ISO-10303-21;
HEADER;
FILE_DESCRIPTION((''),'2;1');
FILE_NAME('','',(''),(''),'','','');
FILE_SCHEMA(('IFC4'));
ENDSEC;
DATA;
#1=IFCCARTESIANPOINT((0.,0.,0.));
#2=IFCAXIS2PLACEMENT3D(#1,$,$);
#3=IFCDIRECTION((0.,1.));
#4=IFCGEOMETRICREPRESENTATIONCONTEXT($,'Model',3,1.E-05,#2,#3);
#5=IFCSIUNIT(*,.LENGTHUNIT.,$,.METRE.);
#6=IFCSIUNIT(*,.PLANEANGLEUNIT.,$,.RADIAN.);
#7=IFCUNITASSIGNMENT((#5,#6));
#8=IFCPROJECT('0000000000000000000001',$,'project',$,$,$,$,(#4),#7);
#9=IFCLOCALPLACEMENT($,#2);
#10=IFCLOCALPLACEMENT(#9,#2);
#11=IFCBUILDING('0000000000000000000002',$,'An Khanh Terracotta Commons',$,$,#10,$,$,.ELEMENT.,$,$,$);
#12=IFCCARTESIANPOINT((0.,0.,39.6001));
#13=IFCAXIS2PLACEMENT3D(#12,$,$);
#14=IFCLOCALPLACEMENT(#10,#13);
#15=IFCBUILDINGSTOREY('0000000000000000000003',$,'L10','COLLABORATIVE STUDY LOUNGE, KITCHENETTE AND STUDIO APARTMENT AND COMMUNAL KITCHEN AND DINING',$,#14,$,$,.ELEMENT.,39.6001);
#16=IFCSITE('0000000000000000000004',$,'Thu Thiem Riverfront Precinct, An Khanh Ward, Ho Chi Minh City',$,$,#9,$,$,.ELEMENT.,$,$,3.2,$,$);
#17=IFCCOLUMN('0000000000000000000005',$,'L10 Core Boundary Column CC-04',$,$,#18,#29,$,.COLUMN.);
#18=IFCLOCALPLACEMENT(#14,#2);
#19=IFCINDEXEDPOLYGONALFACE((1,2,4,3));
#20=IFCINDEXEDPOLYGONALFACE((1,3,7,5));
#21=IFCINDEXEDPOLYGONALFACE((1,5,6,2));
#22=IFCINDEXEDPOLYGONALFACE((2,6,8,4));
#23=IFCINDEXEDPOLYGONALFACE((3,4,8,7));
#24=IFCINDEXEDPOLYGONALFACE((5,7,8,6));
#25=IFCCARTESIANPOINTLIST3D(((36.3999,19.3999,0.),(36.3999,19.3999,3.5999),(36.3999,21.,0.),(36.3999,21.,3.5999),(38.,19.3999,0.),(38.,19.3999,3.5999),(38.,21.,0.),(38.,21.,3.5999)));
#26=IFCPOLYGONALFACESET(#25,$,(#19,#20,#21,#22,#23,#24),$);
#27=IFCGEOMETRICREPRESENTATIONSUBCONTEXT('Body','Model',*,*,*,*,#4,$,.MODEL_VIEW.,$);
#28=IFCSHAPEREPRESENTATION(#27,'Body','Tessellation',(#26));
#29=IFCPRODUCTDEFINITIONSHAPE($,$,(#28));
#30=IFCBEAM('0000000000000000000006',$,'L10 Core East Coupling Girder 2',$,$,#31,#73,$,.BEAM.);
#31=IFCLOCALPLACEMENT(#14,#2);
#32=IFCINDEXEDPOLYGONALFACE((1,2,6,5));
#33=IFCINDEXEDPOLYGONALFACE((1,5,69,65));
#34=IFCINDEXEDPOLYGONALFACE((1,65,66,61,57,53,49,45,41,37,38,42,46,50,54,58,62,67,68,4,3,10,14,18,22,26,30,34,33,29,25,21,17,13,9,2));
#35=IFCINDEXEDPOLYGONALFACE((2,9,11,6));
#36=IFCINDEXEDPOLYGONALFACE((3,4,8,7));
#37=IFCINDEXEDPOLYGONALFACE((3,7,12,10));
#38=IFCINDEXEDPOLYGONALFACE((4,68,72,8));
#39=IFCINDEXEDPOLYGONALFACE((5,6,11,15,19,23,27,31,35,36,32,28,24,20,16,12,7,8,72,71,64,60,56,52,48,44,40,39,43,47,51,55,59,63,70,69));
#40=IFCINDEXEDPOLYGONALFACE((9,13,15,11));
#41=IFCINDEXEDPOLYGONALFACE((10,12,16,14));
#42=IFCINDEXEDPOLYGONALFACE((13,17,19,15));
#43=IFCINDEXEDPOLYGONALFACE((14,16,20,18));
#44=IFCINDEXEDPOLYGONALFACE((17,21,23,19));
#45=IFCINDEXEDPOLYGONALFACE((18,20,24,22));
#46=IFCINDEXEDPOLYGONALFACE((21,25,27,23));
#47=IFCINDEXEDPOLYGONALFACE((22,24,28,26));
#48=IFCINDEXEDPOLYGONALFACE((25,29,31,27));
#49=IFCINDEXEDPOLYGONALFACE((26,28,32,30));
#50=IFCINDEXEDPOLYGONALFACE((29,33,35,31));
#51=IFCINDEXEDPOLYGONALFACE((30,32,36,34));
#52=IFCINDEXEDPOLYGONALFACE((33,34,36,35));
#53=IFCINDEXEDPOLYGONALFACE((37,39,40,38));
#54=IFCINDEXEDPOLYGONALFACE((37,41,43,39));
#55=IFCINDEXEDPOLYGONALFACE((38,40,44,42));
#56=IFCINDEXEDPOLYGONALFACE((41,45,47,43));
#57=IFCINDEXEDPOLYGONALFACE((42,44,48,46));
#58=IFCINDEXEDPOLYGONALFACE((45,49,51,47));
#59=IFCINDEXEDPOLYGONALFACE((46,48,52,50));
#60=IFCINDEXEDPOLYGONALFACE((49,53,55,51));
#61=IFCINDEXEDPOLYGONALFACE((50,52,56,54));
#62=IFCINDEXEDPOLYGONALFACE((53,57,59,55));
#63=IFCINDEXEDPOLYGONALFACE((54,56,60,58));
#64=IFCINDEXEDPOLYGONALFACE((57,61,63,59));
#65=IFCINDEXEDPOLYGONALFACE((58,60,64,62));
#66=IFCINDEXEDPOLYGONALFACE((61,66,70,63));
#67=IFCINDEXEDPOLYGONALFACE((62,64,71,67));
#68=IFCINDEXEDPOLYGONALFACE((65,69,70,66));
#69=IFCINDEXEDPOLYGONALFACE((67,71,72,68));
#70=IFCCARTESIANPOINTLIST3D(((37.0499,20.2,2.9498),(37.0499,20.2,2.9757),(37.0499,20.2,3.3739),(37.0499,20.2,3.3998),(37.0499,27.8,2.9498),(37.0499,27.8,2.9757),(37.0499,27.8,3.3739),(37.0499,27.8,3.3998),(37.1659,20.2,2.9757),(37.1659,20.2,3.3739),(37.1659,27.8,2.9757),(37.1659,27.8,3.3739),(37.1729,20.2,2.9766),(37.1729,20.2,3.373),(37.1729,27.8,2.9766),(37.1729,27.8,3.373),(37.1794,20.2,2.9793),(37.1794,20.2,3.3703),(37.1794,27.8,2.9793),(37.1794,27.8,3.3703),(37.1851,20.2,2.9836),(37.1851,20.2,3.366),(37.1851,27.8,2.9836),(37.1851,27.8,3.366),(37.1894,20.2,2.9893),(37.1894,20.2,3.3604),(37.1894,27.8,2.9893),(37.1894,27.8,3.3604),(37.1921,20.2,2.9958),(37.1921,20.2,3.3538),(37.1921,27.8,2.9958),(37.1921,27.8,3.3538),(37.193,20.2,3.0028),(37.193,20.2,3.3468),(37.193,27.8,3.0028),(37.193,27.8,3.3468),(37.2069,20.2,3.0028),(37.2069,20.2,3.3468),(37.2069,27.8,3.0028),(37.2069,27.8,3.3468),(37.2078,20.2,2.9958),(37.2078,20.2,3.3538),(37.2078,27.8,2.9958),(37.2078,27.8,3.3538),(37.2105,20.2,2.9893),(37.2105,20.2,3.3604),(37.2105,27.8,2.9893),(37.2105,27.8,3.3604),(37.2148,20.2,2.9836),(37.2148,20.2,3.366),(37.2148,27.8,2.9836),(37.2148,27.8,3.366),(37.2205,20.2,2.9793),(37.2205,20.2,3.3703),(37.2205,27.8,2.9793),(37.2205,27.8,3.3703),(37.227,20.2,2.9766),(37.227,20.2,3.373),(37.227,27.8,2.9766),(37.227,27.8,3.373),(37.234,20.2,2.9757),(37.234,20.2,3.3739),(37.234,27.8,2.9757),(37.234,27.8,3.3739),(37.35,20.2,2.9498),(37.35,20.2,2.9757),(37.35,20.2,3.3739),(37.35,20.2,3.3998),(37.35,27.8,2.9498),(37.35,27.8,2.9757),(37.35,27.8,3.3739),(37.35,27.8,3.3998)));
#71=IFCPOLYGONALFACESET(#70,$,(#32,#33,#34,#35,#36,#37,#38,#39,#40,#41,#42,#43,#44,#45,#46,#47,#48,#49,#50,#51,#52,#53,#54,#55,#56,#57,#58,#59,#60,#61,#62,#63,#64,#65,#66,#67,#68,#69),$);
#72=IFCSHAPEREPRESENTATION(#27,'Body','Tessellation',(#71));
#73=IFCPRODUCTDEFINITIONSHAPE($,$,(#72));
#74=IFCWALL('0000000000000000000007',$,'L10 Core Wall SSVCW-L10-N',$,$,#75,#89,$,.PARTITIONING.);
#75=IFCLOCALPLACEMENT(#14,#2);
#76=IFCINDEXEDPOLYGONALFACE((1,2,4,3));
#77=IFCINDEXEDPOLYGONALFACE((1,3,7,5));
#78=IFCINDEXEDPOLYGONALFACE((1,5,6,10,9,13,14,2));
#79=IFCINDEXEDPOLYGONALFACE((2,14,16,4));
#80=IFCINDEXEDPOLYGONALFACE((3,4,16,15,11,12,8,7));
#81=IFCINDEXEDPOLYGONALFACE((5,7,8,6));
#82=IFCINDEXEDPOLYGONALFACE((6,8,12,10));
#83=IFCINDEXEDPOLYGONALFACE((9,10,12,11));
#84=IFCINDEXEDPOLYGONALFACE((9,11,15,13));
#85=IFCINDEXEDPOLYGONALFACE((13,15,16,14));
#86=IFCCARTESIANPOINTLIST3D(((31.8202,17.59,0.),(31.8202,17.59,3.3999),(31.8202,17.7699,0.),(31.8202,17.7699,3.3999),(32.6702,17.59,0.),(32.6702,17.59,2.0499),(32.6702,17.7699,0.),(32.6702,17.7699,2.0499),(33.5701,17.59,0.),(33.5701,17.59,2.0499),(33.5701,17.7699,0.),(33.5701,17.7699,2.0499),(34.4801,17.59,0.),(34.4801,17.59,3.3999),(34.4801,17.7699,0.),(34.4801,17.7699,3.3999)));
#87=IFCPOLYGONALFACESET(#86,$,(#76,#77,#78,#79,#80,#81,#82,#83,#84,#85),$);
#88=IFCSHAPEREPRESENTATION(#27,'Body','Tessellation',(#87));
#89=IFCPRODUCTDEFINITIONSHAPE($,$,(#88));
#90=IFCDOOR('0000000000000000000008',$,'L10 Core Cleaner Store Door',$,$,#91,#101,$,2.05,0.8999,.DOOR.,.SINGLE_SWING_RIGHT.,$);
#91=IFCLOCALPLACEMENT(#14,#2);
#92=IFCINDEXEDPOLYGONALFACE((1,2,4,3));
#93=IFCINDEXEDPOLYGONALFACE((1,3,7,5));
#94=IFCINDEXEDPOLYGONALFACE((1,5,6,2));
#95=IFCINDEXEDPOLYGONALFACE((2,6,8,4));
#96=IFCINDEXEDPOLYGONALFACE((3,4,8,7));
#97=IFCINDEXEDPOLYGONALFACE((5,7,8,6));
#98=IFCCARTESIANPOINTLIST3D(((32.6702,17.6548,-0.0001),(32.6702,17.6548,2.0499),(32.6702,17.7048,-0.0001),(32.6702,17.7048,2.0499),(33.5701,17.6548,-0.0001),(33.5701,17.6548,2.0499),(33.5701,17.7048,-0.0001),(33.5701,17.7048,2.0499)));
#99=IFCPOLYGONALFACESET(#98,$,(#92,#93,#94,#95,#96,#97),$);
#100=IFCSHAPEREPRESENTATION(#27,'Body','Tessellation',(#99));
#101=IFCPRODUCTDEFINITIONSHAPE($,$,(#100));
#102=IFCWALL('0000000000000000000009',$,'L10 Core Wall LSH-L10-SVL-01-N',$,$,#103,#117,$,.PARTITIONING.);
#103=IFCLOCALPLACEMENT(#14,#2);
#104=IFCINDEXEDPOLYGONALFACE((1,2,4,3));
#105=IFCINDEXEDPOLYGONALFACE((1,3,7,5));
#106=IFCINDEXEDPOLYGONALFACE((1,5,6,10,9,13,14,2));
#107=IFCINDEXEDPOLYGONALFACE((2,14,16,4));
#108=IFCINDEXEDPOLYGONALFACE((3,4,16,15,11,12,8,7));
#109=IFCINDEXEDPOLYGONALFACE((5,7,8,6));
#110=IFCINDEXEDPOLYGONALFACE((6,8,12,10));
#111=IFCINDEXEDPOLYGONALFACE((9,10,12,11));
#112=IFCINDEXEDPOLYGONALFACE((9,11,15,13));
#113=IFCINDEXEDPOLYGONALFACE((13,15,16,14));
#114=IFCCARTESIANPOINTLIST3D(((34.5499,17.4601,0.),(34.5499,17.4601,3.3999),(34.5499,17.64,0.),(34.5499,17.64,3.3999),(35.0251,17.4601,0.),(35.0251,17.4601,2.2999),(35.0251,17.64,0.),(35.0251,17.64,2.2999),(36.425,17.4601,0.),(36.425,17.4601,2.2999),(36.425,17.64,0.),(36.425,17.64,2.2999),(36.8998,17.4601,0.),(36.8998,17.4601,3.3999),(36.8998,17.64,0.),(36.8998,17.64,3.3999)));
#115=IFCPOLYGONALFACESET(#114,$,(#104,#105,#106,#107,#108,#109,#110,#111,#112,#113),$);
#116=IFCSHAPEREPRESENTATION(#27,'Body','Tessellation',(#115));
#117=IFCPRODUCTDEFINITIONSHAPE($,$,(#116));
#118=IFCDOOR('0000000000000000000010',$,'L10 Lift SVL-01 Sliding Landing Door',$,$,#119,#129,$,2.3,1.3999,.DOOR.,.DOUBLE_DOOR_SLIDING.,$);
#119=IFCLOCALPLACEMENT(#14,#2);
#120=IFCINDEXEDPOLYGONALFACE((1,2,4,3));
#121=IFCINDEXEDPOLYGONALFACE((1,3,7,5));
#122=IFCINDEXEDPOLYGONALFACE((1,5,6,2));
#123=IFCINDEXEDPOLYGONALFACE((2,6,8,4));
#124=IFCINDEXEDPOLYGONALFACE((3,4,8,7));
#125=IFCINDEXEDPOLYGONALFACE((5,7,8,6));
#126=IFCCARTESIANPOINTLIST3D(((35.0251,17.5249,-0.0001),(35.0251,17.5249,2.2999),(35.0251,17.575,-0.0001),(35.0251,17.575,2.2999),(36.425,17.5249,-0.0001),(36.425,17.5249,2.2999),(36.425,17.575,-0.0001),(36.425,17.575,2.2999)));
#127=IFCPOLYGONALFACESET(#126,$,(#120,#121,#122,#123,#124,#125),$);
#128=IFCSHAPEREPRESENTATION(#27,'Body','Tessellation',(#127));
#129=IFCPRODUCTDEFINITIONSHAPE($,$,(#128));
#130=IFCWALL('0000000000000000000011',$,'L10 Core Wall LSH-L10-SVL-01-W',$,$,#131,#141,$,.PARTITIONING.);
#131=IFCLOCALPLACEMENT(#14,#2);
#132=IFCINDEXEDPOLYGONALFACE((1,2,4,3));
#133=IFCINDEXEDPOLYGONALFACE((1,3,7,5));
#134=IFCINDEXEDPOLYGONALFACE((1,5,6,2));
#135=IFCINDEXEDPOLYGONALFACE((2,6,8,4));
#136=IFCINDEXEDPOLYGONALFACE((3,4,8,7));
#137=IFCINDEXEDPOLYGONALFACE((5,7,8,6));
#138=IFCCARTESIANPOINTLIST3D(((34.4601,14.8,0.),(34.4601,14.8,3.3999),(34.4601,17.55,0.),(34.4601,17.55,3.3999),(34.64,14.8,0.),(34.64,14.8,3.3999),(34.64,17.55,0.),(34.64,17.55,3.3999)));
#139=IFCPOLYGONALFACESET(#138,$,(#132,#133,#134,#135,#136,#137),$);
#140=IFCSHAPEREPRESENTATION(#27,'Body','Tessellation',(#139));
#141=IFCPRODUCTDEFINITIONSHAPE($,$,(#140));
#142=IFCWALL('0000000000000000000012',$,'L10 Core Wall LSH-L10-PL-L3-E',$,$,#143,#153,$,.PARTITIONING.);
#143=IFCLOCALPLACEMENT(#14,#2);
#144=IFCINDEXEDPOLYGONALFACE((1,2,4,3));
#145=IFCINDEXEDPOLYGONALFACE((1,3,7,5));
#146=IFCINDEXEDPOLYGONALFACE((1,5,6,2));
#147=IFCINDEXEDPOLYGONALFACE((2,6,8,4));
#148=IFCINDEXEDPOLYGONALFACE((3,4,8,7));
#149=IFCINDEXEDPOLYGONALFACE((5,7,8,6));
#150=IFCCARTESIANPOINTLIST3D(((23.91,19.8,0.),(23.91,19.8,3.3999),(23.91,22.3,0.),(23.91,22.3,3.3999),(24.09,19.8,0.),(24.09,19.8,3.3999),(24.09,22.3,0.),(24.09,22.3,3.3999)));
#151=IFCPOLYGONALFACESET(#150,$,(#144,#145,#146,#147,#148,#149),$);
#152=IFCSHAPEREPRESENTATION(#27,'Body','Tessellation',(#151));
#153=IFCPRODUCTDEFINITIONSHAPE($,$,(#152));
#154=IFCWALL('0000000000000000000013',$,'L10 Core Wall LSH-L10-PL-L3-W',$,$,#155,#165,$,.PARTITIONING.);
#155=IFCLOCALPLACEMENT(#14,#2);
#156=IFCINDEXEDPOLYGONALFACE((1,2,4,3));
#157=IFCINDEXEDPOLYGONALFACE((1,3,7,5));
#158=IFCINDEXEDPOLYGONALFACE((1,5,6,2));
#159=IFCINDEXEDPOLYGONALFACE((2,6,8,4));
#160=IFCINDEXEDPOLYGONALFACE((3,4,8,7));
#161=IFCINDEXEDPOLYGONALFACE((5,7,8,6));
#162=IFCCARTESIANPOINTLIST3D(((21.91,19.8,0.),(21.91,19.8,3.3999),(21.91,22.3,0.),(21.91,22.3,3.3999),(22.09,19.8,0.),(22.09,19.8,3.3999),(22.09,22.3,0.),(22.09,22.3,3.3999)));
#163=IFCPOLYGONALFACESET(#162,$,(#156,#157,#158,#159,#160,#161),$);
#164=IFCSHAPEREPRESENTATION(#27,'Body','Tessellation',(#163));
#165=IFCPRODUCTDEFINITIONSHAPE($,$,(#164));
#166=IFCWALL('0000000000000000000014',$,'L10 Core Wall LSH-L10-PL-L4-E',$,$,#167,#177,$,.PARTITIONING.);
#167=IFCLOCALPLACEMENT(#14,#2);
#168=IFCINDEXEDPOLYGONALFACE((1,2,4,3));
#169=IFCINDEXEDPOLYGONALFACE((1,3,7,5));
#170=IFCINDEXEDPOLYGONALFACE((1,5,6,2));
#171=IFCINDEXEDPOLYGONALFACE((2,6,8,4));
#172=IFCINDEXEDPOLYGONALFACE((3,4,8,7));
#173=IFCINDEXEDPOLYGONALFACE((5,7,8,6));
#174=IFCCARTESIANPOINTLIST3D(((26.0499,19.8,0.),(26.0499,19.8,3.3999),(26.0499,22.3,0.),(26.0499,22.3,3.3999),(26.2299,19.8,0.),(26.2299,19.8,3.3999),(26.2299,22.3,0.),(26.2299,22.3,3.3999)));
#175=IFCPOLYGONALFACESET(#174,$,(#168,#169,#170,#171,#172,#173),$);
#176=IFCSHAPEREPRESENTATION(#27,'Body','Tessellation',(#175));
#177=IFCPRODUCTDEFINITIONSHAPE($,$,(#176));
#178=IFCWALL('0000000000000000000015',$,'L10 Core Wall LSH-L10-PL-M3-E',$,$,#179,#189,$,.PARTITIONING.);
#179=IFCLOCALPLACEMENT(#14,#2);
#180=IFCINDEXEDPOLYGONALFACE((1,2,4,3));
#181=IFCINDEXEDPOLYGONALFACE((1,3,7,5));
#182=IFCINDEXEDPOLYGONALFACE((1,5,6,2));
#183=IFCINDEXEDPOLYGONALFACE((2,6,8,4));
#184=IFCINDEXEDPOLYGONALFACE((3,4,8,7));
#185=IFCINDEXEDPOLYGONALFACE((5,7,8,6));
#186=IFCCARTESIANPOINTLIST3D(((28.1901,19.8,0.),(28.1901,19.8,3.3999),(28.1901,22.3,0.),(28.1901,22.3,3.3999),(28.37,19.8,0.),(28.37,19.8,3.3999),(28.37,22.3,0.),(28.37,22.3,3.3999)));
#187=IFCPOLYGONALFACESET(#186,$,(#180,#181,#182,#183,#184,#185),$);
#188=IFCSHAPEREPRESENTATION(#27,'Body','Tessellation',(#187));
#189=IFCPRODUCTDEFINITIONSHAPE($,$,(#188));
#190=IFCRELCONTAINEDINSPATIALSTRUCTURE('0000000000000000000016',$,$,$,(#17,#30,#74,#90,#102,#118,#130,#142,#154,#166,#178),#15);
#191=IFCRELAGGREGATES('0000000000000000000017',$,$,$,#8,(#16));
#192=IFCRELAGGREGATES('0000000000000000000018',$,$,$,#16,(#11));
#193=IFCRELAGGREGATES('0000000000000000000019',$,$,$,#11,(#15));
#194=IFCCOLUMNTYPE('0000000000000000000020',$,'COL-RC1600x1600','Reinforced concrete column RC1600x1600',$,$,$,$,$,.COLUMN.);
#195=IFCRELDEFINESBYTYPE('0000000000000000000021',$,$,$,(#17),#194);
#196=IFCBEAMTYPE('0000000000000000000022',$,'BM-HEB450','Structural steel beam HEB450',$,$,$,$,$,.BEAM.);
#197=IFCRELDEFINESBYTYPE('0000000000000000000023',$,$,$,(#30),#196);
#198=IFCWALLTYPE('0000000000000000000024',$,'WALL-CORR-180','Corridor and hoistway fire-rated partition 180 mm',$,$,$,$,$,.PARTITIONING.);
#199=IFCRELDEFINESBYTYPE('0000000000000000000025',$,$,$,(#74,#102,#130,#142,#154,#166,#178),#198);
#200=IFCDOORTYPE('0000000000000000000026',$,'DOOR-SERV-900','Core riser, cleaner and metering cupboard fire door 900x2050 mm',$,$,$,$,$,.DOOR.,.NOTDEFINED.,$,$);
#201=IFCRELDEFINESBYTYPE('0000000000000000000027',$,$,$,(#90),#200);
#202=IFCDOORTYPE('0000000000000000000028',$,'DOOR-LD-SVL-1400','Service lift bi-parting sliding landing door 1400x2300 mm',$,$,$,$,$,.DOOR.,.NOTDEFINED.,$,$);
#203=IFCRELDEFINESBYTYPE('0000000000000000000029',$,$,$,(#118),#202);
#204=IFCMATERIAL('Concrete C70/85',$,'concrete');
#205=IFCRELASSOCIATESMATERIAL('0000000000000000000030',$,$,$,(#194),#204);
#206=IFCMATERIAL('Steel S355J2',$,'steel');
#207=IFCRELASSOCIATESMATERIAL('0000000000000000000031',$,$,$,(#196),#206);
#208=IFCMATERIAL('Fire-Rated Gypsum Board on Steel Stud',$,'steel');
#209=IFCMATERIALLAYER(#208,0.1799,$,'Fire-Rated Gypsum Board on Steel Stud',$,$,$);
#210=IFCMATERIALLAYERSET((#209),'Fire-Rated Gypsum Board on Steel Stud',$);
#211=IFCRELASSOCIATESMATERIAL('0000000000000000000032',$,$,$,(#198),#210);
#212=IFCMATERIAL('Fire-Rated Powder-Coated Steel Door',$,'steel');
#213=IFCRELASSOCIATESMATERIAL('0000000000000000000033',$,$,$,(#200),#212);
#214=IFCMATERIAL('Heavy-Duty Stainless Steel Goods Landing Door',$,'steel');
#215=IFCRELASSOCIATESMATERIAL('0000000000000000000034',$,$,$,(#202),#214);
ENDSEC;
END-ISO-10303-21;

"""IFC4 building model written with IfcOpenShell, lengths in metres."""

from ifc_helpers import new_model, si_unit, direction, frame, frame_2d, origin, origin_2d, place, context, subcontext, project, spatial, rectangle, i_section, extrude, material, layer, layer_set, material_profile, profile_set, type_object, element, fill, save


model = new_model("IFC4")

# Units and contexts
model_context = context("Model", 3, precision=1e-05, world=origin(), true_north=direction((0.0, 1.0)))
body_context = subcontext(model_context, "Body", "Model", "MODEL_VIEW")
ifc_project = project(units=[si_unit("LENGTHUNIT", "METRE"), si_unit("PLANEANGLEUNIT", "RADIAN")], contexts=[model_context])

# Site, building, storey
site_placement = place(None, origin())
site = spatial("IfcSite", under=ifc_project, at=site_placement, Name="Thu Thiem Riverfront Precinct, An Khanh Ward, Ho Chi Minh City", CompositionType="ELEMENT", RefElevation=3.2)
building_placement = place(site_placement, origin())
building = spatial("IfcBuilding", under=site, at=building_placement, Name="An Khanh Terracotta Commons", CompositionType="ELEMENT")
storey_placement = place(building_placement, frame((0.0, 0.0, 39.6001)))
storey = spatial("IfcBuildingStorey", under=building, at=storey_placement, Name="L10", Description="COLLABORATIVE STUDY LOUNGE, KITCHENETTE AND STUDIO APARTMENT AND COMMUNAL KITCHEN AND DINING", CompositionType="ELEMENT", Elevation=39.6001)

# Column
ifc_material_1 = material(Name="Concrete C70/85", Category="concrete")
ifc_material_profile_1 = material_profile(ifc_material_1, rectangle(XDim=1.6001, YDim=1.6001, at=origin_2d()), Name="RC1600x1600")
ifc_profile_set_1 = profile_set([ifc_material_profile_1], Name="Concrete C70/85")
column_type = type_object("IfcColumnType", Name="COL-RC1600x1600", Description="Reinforced concrete column RC1600x1600", PredefinedType="COLUMN", material=ifc_profile_set_1)
column_placement = place(storey_placement, frame((37.2, 20.2, 0.0), z_axis=(0.0, 0.0, 1.0), x_axis=(1.0, 0.0, 0.0)))
element("IfcColumn", 1, at=column_placement, inside=storey, type_object=column_type, Name="L10 Core Boundary Column CC-04", PredefinedType="COLUMN", context=body_context, shape_type="SweptSolid", body=[
    extrude(rectangle(XDim=1.6001, YDim=1.6001, at=origin_2d()), origin(), (0.0, 0.0, 1.0), 3.5999),
])

# Beam
ifc_material_2 = material(Name="Steel S355J2", Category="steel")
ifc_material_profile_2 = material_profile(ifc_material_2, i_section(OverallWidth=0.3, OverallDepth=0.45, WebThickness=0.0139, FlangeThickness=0.0259, FilletRadius=0.0271, at=origin_2d()), Name="HEB450")
ifc_profile_set_2 = profile_set([ifc_material_profile_2], Name="Steel S355J2")
beam_type = type_object("IfcBeamType", Name="BM-HEB450", Description="Structural steel beam HEB450", PredefinedType="BEAM", material=ifc_profile_set_2)
beam_placement = place(storey_placement, frame((37.2, 20.2, 3.1748), z_axis=(0.0, 1.0, 0.0), x_axis=(-1.0, 0.0, 0.0)))
element("IfcBeam", 2, at=beam_placement, inside=storey, type_object=beam_type, Name="L10 Core East Coupling Girder 2", PredefinedType="BEAM", context=body_context, shape_type="SweptSolid", body=[
    extrude(i_section(OverallWidth=0.3, OverallDepth=0.45, WebThickness=0.0139, FlangeThickness=0.0259, FilletRadius=0.0271, at=origin_2d()), origin(), (0.0, 0.0, 1.0), 7.6001),
])

# Walls, openings, doors
ifc_material_3 = material(Name="Fire-Rated Gypsum Board on Steel Stud", Category="steel")
ifc_layer_1 = layer(ifc_material_3, 0.1799, Name="Fire-Rated Gypsum Board on Steel Stud")
ifc_layer_set_1 = layer_set([ifc_layer_1], Name="Fire-Rated Gypsum Board on Steel Stud")
wall_type_1 = type_object("IfcWallType", Name="WALL-CORR-180", Description="Corridor and hoistway fire-rated partition 180 mm", PredefinedType="PARTITIONING", material=ifc_layer_set_1)
wall_1_placement = place(storey_placement, frame((31.8201, 17.6799, 0.0), z_axis=(0.0, 0.0, 1.0), x_axis=(1.0, 0.0, 0.0)))
wall_1 = element("IfcWall", 3, at=wall_1_placement, inside=storey, type_object=wall_type_1, Name="L10 Core Wall SSVCW-L10-N", PredefinedType="PARTITIONING", context=body_context, shape_type="SweptSolid", body=[
    extrude(rectangle(XDim=2.6599, YDim=0.1799, at=frame_2d((1.3301, 0.0))), origin(), (0.0, 0.0, 1.0), 3.3999),
])
opening_1_placement = place(wall_1_placement, frame((0.8501, 0.0, 0.0)))
opening_1 = element("IfcOpeningElement", 4, at=opening_1_placement, cuts=wall_1, PredefinedType="OPENING", context=body_context, shape_type="SweptSolid", body=[
    extrude(rectangle(XDim=0.8999, YDim=2.05, at=frame_2d((0.45, 1.0249))), frame((0.0, 0.0999, 0.0), z_axis=(0.0, -1.0, 0.0), x_axis=(1.0, 0.0, 0.0)), (0.0, 0.0, 1.0), 0.2),
])
ifc_material_4 = material(Name="Fire-Rated Powder-Coated Steel Door", Category="steel")
door_type_1 = type_object("IfcDoorType", Name="DOOR-SERV-900", Description="Core riser, cleaner and metering cupboard fire door 900x2050 mm", OperationType="NOTDEFINED", PredefinedType="DOOR", material=ifc_material_4)
door_1_placement = place(opening_1_placement, origin())
door_1 = element("IfcDoor", 5, at=door_1_placement, inside=storey, type_object=door_type_1, Name="L10 Core Cleaner Store Door", OperationType="SINGLE_SWING_RIGHT", OverallHeight=2.05, OverallWidth=0.8999, PredefinedType="DOOR", context=body_context, shape_type="SweptSolid", body=[
    extrude(rectangle(XDim=0.8999, YDim=2.05, at=frame_2d((0.45, 1.0249))), frame((0.0, 0.0249, 0.0), z_axis=(0.0, -1.0, 0.0), x_axis=(1.0, 0.0, 0.0)), (0.0, 0.0, 1.0), 0.05),
])
fill(opening_1, door_1)
wall_2_placement = place(storey_placement, frame((34.55, 17.55, 0.0), z_axis=(0.0, 0.0, 1.0), x_axis=(1.0, 0.0, 0.0)))
wall_2 = element("IfcWall", 6, at=wall_2_placement, inside=storey, type_object=wall_type_1, Name="L10 Core Wall LSH-L10-SVL-01-N", PredefinedType="PARTITIONING", context=body_context, shape_type="SweptSolid", body=[
    extrude(rectangle(XDim=2.3499, YDim=0.1799, at=frame_2d((1.1748, 0.0))), origin(), (0.0, 0.0, 1.0), 3.3999),
])
opening_2_placement = place(wall_2_placement, frame((0.4751, 0.0, 0.0)))
opening_2 = element("IfcOpeningElement", 7, at=opening_2_placement, cuts=wall_2, PredefinedType="OPENING", context=body_context, shape_type="SweptSolid", body=[
    extrude(rectangle(XDim=1.3999, YDim=2.3, at=frame_2d((0.7, 1.1499))), frame((0.0, 0.0999, 0.0), z_axis=(0.0, -1.0, 0.0), x_axis=(1.0, 0.0, 0.0)), (0.0, 0.0, 1.0), 0.2),
])
ifc_material_5 = material(Name="Heavy-Duty Stainless Steel Goods Landing Door", Category="steel")
door_type_2 = type_object("IfcDoorType", Name="DOOR-LD-SVL-1400", Description="Service lift bi-parting sliding landing door 1400x2300 mm", OperationType="NOTDEFINED", PredefinedType="DOOR", material=ifc_material_5)
door_2_placement = place(opening_2_placement, origin())
door_2 = element("IfcDoor", 8, at=door_2_placement, inside=storey, type_object=door_type_2, Name="L10 Lift SVL-01 Sliding Landing Door", OperationType="DOUBLE_DOOR_SLIDING", OverallHeight=2.3, OverallWidth=1.3999, PredefinedType="DOOR", context=body_context, shape_type="SweptSolid", body=[
    extrude(rectangle(XDim=1.3999, YDim=2.3, at=frame_2d((0.7, 1.1499))), frame((0.0, 0.0249, 0.0), z_axis=(0.0, -1.0, 0.0), x_axis=(1.0, 0.0, 0.0)), (0.0, 0.0, 1.0), 0.05),
])
fill(opening_2, door_2)

# Walls
wall_3_placement = place(storey_placement, frame((34.55, 17.55, 0.0), z_axis=(0.0, 0.0, 1.0), x_axis=(0.0, -1.0, 0.0)))
element("IfcWall", 9, at=wall_3_placement, inside=storey, type_object=wall_type_1, Name="L10 Core Wall LSH-L10-SVL-01-W", PredefinedType="PARTITIONING", context=body_context, shape_type="SweptSolid", body=[
    extrude(rectangle(XDim=2.75, YDim=0.1799, at=frame_2d((1.375, 0.0))), origin(), (0.0, 0.0, 1.0), 3.3999),
])
for number, where, z_axis, x_axis, name in (
    (10, (24.0, 19.8, 0.0), (0.0, 0.0, 1.0), (0.0, 1.0, 0.0), "L10 Core Wall LSH-L10-PL-L3-E"),
    (11, (22.0, 22.3, 0.0), (0.0, 0.0, 1.0), (0.0, -1.0, 0.0), "L10 Core Wall LSH-L10-PL-L3-W"),
    (12, (26.1399, 19.8, 0.0), (0.0, 0.0, 1.0), (0.0, 1.0, 0.0), "L10 Core Wall LSH-L10-PL-L4-E"),
    (13, (28.28, 19.8, 0.0), (0.0, 0.0, 1.0), (0.0, 1.0, 0.0), "L10 Core Wall LSH-L10-PL-M3-E"),
):
    element("IfcWall", number, at=place(storey_placement, frame(where, z_axis=z_axis, x_axis=x_axis)), inside=storey, type_object=wall_type_1, Name=name, PredefinedType="PARTITIONING", context=body_context, shape_type="SweptSolid", body=[
        extrude(rectangle(XDim=2.5, YDim=0.1799, at=frame_2d((1.25, 0.0))), origin(), (0.0, 0.0, 1.0), 3.3999),
    ])

save(model, "model.ifc")
